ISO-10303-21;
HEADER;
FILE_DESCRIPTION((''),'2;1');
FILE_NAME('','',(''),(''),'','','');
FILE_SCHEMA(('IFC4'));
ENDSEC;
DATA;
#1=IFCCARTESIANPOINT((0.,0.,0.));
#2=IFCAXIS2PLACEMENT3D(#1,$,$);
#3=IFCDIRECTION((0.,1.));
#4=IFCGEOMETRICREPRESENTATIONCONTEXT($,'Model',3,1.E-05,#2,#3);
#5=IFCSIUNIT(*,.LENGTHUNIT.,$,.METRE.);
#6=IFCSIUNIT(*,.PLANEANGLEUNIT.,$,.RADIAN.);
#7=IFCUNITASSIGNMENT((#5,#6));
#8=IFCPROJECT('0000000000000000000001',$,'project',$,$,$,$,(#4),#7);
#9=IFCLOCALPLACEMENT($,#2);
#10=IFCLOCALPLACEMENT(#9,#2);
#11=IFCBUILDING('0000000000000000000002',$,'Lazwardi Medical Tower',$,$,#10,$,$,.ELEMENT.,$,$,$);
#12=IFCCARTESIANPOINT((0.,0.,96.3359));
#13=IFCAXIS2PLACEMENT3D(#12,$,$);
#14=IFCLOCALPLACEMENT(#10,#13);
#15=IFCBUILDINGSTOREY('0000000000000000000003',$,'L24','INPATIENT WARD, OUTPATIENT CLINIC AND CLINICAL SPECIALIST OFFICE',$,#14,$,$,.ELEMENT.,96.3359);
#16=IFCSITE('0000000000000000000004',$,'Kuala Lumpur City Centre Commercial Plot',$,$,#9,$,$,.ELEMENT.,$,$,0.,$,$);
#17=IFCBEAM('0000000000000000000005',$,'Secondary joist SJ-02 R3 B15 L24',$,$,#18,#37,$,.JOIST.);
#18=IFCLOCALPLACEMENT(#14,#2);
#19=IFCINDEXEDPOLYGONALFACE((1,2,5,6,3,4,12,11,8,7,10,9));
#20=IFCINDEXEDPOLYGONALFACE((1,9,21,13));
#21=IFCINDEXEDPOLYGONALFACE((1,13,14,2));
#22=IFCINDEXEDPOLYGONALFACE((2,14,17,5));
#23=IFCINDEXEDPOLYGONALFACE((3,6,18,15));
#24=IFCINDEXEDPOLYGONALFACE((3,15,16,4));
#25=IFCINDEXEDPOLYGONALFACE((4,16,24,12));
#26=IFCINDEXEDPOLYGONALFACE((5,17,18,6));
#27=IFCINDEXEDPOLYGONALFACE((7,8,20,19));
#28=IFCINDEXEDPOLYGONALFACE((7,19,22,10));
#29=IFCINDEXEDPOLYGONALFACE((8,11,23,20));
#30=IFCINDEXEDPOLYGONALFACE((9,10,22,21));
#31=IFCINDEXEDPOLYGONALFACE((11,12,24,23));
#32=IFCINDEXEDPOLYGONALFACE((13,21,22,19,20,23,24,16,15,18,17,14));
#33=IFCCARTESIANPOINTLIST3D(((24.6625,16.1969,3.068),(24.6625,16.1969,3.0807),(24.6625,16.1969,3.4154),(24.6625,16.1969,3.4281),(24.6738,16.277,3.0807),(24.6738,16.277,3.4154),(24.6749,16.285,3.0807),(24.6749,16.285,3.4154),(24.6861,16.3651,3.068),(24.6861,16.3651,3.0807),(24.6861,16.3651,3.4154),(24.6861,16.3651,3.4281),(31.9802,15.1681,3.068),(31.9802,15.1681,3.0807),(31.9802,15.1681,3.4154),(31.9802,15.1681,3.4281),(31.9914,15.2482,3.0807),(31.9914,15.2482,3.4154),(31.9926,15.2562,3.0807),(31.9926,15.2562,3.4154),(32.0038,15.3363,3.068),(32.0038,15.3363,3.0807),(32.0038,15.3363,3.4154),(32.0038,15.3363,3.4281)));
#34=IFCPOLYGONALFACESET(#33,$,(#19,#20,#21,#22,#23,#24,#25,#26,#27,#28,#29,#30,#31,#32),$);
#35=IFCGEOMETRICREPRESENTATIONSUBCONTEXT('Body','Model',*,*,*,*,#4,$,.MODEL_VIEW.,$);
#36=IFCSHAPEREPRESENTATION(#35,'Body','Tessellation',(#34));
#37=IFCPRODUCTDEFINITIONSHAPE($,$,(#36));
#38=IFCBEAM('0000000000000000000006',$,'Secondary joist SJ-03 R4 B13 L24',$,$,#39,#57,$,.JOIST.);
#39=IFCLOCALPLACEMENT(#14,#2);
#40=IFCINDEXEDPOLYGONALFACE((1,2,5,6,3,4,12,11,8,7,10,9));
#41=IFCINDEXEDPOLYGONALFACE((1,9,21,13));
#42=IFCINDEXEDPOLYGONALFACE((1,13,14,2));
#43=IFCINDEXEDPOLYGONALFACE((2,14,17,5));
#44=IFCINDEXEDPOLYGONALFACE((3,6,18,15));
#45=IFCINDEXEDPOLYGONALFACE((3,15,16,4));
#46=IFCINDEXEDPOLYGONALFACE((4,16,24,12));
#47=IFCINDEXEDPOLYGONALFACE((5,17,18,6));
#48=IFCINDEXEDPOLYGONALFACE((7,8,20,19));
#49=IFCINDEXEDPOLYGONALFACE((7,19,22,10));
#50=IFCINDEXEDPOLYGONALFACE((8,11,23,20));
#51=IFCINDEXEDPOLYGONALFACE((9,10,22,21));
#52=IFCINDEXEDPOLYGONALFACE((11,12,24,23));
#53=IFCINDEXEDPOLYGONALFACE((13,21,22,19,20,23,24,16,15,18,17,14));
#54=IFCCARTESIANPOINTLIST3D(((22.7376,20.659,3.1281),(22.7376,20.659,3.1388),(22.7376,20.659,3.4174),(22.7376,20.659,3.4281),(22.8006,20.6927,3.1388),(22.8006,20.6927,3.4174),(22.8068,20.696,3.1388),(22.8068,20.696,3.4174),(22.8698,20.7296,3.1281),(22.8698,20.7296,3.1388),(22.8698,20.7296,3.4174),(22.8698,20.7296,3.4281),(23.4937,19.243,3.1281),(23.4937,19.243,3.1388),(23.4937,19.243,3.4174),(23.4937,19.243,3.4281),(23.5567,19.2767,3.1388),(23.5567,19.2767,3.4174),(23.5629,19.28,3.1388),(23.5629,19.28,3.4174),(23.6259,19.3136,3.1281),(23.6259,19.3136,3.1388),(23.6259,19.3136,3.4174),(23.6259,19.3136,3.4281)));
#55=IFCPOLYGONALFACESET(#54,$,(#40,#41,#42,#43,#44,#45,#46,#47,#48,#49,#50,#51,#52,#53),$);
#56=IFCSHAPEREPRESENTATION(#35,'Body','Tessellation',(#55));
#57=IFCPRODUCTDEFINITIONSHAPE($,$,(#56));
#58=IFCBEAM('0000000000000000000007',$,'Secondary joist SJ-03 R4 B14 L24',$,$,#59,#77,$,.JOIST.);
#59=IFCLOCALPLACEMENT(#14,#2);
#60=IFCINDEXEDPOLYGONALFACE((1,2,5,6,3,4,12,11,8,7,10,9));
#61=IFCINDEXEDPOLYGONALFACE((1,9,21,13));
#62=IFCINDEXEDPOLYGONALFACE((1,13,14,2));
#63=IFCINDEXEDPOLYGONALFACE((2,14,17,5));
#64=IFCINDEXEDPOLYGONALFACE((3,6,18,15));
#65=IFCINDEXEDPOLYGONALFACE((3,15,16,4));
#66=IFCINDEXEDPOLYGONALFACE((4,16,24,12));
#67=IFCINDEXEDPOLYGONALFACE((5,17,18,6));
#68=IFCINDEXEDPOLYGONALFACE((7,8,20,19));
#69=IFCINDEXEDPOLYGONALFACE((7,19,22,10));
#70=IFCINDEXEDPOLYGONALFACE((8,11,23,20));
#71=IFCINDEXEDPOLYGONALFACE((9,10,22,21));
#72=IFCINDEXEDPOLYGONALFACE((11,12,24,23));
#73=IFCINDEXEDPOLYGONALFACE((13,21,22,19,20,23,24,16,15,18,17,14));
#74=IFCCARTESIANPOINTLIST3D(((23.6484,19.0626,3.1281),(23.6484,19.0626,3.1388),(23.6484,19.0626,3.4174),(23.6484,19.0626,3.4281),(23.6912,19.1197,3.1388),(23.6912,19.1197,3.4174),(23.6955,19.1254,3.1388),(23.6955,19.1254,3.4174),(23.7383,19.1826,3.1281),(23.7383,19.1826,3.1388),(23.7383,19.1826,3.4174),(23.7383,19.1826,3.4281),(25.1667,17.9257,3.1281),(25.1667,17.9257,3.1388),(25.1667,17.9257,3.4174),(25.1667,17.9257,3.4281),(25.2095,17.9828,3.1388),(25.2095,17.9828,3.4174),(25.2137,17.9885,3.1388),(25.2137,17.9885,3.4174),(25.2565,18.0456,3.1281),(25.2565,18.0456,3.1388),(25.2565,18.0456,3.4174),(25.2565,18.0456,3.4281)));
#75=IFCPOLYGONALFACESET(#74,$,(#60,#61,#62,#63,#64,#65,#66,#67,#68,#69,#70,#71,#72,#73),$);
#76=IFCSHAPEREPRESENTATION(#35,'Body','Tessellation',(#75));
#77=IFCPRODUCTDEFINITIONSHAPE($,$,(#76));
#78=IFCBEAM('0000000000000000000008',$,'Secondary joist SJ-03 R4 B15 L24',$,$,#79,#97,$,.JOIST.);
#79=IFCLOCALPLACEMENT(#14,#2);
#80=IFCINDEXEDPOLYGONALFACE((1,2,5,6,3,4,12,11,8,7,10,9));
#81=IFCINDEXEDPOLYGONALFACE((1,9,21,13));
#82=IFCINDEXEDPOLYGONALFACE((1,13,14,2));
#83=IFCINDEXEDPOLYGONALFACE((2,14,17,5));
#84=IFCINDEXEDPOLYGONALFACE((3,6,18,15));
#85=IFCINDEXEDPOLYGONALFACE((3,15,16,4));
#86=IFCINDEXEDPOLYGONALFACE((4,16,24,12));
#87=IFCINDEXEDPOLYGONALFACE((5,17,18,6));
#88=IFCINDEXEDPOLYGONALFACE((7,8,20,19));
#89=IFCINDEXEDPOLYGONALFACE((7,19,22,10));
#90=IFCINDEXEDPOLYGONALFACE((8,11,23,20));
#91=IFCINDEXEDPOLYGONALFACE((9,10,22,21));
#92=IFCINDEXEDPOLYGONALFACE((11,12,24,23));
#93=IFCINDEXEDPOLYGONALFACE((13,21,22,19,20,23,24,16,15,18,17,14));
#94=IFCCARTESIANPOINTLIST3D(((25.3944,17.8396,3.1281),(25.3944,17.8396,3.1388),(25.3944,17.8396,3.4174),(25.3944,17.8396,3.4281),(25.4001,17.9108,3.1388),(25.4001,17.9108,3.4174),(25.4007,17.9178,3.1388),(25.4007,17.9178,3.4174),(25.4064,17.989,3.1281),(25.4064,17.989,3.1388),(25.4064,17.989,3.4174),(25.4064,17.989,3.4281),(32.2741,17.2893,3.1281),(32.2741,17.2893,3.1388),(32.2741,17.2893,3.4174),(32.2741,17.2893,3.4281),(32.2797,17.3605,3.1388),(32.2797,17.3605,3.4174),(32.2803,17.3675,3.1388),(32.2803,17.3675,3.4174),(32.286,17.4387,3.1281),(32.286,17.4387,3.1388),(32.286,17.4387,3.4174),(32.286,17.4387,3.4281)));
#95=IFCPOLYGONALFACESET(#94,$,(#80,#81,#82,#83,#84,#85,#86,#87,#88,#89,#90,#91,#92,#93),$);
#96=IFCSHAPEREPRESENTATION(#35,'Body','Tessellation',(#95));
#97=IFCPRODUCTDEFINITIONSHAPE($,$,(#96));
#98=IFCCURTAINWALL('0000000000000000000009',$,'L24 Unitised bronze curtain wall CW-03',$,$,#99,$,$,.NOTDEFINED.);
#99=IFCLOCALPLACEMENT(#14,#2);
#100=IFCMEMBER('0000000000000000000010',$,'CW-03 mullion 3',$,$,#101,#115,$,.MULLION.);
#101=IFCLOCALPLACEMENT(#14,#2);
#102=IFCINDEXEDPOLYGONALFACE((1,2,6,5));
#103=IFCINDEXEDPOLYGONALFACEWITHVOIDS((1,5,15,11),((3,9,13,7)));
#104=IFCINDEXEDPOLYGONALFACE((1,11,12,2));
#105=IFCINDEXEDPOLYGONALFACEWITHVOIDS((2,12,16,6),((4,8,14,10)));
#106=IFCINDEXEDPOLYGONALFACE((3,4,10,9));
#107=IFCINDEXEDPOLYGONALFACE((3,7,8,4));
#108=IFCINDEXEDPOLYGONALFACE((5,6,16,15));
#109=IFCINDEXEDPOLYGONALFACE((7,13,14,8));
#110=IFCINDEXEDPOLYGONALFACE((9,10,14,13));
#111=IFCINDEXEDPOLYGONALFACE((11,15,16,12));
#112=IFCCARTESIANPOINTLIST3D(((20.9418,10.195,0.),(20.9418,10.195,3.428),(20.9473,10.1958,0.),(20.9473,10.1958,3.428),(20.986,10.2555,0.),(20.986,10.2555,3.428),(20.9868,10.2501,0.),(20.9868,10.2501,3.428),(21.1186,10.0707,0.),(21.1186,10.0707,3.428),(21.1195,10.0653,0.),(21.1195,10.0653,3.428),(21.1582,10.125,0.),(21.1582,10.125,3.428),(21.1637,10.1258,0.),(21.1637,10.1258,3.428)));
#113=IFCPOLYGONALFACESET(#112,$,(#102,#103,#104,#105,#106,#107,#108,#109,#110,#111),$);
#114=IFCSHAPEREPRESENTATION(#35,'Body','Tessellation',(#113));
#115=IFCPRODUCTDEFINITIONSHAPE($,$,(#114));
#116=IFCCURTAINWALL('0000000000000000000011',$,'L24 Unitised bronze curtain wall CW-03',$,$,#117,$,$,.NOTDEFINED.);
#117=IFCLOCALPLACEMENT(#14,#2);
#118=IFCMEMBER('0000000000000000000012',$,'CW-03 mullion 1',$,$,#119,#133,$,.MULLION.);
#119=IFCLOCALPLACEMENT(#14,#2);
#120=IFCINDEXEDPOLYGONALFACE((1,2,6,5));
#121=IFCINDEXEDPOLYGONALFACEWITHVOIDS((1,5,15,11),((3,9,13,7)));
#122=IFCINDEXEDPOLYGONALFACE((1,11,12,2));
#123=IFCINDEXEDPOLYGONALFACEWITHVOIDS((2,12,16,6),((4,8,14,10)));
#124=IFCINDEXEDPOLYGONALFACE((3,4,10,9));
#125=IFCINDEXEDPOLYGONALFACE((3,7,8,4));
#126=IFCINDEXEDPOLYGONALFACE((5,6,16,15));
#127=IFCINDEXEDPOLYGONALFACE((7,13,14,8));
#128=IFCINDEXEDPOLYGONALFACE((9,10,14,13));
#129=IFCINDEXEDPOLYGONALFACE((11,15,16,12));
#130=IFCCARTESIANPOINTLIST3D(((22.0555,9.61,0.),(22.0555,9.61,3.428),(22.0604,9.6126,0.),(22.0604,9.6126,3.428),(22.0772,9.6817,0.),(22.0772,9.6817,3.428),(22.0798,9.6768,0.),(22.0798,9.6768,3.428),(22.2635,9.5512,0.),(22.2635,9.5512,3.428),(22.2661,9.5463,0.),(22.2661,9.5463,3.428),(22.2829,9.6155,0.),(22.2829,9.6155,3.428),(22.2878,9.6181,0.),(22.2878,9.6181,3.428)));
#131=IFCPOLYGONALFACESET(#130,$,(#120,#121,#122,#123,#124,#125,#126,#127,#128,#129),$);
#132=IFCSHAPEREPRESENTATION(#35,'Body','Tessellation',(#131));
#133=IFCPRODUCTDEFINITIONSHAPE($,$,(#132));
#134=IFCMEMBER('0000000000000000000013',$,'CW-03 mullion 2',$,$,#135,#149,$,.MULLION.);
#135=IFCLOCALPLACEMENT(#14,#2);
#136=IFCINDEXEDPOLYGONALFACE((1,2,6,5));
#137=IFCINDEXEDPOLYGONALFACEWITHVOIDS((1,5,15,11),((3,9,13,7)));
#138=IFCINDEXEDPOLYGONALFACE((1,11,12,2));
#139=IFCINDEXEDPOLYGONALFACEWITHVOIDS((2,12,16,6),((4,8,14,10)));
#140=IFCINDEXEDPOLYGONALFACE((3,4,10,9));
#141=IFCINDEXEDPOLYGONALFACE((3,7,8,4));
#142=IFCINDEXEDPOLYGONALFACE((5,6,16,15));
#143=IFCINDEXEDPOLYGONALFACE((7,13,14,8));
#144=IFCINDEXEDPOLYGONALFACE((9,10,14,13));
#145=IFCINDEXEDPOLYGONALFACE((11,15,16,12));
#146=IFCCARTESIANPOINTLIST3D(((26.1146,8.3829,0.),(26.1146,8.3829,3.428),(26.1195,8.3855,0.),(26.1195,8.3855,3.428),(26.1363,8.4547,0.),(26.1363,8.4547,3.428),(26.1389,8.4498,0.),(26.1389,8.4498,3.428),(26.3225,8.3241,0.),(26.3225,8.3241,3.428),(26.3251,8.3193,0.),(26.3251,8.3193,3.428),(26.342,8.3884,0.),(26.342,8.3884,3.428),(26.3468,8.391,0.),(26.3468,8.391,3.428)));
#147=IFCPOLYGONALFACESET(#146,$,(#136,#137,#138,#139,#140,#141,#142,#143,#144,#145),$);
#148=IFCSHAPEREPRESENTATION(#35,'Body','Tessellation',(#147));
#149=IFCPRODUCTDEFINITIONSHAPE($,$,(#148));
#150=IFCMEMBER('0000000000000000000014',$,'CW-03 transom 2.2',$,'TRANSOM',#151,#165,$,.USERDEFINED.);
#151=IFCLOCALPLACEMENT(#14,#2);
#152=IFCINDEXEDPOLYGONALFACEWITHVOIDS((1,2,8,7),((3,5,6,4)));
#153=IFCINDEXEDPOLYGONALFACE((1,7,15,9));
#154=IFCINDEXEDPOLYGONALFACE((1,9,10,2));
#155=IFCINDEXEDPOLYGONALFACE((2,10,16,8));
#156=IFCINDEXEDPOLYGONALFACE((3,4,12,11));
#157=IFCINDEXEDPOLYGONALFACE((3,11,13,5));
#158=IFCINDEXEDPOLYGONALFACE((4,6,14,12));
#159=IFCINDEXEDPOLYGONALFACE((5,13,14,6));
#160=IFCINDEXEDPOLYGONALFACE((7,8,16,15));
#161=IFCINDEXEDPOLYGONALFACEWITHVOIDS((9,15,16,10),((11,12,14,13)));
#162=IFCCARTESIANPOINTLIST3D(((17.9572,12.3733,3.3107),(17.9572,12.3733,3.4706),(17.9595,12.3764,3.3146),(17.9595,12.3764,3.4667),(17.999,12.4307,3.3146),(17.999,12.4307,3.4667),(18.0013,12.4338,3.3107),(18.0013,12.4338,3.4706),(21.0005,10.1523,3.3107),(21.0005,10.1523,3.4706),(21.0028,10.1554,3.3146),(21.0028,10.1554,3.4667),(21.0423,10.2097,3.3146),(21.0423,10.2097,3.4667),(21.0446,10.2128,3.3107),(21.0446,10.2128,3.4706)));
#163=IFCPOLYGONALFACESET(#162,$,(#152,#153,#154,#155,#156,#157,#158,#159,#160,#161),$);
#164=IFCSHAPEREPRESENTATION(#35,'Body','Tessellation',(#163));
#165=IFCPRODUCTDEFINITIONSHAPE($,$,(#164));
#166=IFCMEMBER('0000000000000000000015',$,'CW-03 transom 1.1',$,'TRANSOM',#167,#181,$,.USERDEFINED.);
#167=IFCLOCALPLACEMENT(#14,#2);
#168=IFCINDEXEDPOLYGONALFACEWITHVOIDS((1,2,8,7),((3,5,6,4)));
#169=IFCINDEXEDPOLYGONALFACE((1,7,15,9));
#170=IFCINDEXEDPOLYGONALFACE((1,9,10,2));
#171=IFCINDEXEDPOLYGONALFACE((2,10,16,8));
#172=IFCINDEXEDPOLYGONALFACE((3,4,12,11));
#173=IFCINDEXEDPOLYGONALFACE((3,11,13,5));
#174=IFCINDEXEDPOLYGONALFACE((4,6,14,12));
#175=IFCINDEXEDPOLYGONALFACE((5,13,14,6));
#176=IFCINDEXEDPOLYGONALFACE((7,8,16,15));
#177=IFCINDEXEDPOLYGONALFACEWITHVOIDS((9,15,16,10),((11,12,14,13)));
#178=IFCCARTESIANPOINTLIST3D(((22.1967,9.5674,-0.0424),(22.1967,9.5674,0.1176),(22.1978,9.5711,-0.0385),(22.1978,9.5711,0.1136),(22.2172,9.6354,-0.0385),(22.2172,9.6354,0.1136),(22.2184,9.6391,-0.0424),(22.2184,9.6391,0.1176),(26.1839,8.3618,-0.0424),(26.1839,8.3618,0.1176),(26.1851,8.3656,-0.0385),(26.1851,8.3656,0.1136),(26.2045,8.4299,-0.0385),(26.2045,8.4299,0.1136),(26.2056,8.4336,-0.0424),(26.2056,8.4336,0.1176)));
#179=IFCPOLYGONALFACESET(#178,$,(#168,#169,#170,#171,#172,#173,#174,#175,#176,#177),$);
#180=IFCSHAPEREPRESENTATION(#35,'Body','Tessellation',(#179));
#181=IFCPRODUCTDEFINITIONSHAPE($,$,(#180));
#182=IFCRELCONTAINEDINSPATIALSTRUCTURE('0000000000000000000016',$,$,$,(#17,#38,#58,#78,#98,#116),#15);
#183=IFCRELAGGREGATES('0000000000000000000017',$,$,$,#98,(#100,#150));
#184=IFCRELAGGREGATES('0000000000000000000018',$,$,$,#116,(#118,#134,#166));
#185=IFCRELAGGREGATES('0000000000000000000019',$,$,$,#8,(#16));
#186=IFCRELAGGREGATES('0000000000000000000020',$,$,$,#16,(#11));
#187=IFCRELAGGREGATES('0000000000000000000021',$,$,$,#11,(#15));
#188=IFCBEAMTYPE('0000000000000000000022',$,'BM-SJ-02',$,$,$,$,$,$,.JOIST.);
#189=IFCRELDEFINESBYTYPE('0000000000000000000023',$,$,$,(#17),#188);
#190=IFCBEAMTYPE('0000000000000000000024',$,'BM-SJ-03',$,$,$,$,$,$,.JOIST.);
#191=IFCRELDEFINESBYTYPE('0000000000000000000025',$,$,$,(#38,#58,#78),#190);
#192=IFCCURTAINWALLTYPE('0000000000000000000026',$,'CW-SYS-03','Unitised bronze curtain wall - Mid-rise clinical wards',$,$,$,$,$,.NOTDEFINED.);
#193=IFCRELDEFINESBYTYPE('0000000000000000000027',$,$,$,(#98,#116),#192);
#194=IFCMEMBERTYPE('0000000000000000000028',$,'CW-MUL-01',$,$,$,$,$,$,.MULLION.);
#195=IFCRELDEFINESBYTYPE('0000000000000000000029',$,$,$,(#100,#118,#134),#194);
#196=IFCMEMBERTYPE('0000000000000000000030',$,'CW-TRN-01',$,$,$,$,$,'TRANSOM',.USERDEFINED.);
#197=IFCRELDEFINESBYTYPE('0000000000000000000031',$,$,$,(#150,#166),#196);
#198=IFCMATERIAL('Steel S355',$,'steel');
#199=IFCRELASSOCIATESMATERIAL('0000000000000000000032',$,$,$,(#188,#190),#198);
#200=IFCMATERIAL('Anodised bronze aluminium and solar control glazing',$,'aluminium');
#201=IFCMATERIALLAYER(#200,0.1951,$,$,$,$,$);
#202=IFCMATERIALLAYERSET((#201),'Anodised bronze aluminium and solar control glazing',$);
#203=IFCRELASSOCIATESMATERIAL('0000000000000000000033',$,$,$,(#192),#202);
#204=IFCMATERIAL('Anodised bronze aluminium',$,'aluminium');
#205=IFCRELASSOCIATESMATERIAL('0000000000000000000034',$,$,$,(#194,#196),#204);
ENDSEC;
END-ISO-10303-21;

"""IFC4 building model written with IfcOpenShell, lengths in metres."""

from ifc_helpers import new_model, si_unit, direction, frame, origin, origin_2d, place, context, subcontext, project, spatial, hollow_rectangle, i_section, extrude, material, layer, layer_set, material_profile, profile_set, type_object, element, aggregate, save


model = new_model("IFC4")

# Units and contexts
model_context = context("Model", 3, precision=1e-05, world=origin(), true_north=direction((0.0, 1.0)))
body_context = subcontext(model_context, "Body", "Model", "MODEL_VIEW")
ifc_project = project(units=[si_unit("LENGTHUNIT", "METRE"), si_unit("PLANEANGLEUNIT", "RADIAN")], contexts=[model_context])

# Site, building, storey
site_placement = place(None, origin())
site = spatial("IfcSite", under=ifc_project, at=site_placement, Name="Kuala Lumpur City Centre Commercial Plot", CompositionType="ELEMENT", RefElevation=0.0)
building_placement = place(site_placement, origin())
building = spatial("IfcBuilding", under=site, at=building_placement, Name="Lazwardi Medical Tower", CompositionType="ELEMENT")
storey_placement = place(building_placement, frame((0.0, 0.0, 96.3359)))
storey = spatial("IfcBuildingStorey", under=building, at=storey_placement, Name="L24", Description="INPATIENT WARD, OUTPATIENT CLINIC AND CLINICAL SPECIALIST OFFICE", CompositionType="ELEMENT", Elevation=96.3359)

# Beams
ifc_material_1 = material(Name="Steel S355", Category="steel")
ifc_material_profile_1 = material_profile(ifc_material_1, i_section(OverallWidth=0.1699, OverallDepth=0.3601, WebThickness=0.0081, FlangeThickness=0.0127, at=origin_2d()), Name="IPE 360")
ifc_profile_set_1 = profile_set([ifc_material_profile_1], Name="Steel S355")
beam_type_1 = type_object("IfcBeamType", Name="BM-SJ-02", PredefinedType="JOIST", material=ifc_profile_set_1)
beam_1_placement = place(storey_placement, frame((24.6743, 16.281, 3.248), z_axis=(0.990261, -0.139224, 0.0), x_axis=(0.139224, 0.990261, 0.0)))
element("IfcBeam", 1, at=beam_1_placement, inside=storey, type_object=beam_type_1, Name="Secondary joist SJ-02 R3 B15 L24", PredefinedType="JOIST", context=body_context, shape_type="SweptSolid", body=[
    extrude(i_section(OverallWidth=0.1699, OverallDepth=0.3601, WebThickness=0.0081, FlangeThickness=0.0127, at=origin_2d()), origin(), (0.0, 0.0, 1.0), 7.3896),
])
ifc_material_profile_2 = material_profile(ifc_material_1, i_section(OverallWidth=0.1499, OverallDepth=0.3, WebThickness=0.0071, FlangeThickness=0.0107, at=origin_2d()), Name="IPE 300")
ifc_profile_set_2 = profile_set([ifc_material_profile_2], Name="Steel S355")
beam_type_2 = type_object("IfcBeamType", Name="BM-SJ-03", PredefinedType="JOIST", material=ifc_profile_set_2)
beam_2_placement = place(storey_placement, frame((22.8037, 20.6943, 3.2781), z_axis=(0.471022, -0.882121, 0.0), x_axis=(0.882121, 0.471022, 0.0)))
element("IfcBeam", 2, at=beam_2_placement, inside=storey, type_object=beam_type_2, Name="Secondary joist SJ-03 R4 B13 L24", PredefinedType="JOIST", context=body_context, shape_type="SweptSolid", body=[
    extrude(i_section(OverallWidth=0.1499, OverallDepth=0.3, WebThickness=0.0071, FlangeThickness=0.0107, at=origin_2d()), origin(), (0.0, 0.0, 1.0), 1.6052),
])
beam_3_placement = place(storey_placement, frame((23.6934, 19.1226, 3.2781), z_axis=(0.800448, -0.599403, 0.0), x_axis=(0.599403, 0.800448, 0.0)))
element("IfcBeam", 3, at=beam_3_placement, inside=storey, type_object=beam_type_2, Name="Secondary joist SJ-03 R4 B14 L24", PredefinedType="JOIST", context=body_context, shape_type="SweptSolid", body=[
    extrude(i_section(OverallWidth=0.1499, OverallDepth=0.3, WebThickness=0.0071, FlangeThickness=0.0107, at=origin_2d()), origin(), (0.0, 0.0, 1.0), 1.8967),
])
beam_4_placement = place(storey_placement, frame((25.4004, 17.9143, 3.2781), z_axis=(0.996816, -0.079734, 0.0), x_axis=(0.079734, 0.996816, 0.0)))
element("IfcBeam", 4, at=beam_4_placement, inside=storey, type_object=beam_type_2, Name="Secondary joist SJ-03 R4 B15 L24", PredefinedType="JOIST", context=body_context, shape_type="SweptSolid", body=[
    extrude(i_section(OverallWidth=0.1499, OverallDepth=0.3, WebThickness=0.0071, FlangeThickness=0.0107, at=origin_2d()), origin(), (0.0, 0.0, 1.0), 6.9016),
])

# Curtain wall, member
ifc_material_2 = material(Name="Anodised bronze aluminium and solar control glazing", Category="aluminium")
ifc_layer_1 = layer(ifc_material_2, 0.1951)
ifc_layer_set_1 = layer_set([ifc_layer_1], Name="Anodised bronze aluminium and solar control glazing")
curtain_wall_type = type_object("IfcCurtainWallType", Name="CW-SYS-03", Description="Unitised bronze curtain wall - Mid-rise clinical wards", PredefinedType="NOTDEFINED", material=ifc_layer_set_1)
curtain_wall_1_placement = place(storey_placement, origin())
curtain_wall_1 = element("IfcCurtainWall", 5, at=curtain_wall_1_placement, inside=storey, type_object=curtain_wall_type, Name="L24 Unitised bronze curtain wall CW-03", PredefinedType="NOTDEFINED")
ifc_material_3 = material(Name="Anodised bronze aluminium", Category="aluminium")
ifc_material_profile_3 = material_profile(ifc_material_3, hollow_rectangle(XDim=0.075, YDim=0.22, WallThickness=0.0039, at=origin_2d()), Name="ALU-MULLION 220x75x4")
ifc_profile_set_3 = profile_set([ifc_material_profile_3], Name="Anodised bronze aluminium")
member_type_1 = type_object("IfcMemberType", Name="CW-MUL-01", PredefinedType="MULLION", material=ifc_profile_set_3)
member_1_placement = place(storey_placement, frame((21.0527, 10.1604, 0.0), z_axis=(0.0, 0.0, 1.0), x_axis=(0.589531, 0.807746, 0.0)))
member_1 = element("IfcMember", 6, at=member_1_placement, type_object=member_type_1, Name="CW-03 mullion 3", PredefinedType="MULLION", context=body_context, shape_type="SweptSolid", body=[
    extrude(hollow_rectangle(XDim=0.075, YDim=0.22, WallThickness=0.0039, at=origin_2d()), origin(), (0.0, 0.0, 1.0), 3.428),
])

# Curtain wall, members
curtain_wall_2_placement = place(storey_placement, origin())
curtain_wall_2 = element("IfcCurtainWall", 7, at=curtain_wall_2_placement, inside=storey, type_object=curtain_wall_type, Name="L24 Unitised bronze curtain wall CW-03", PredefinedType="NOTDEFINED")
member_2_placement = place(storey_placement, frame((22.1716, 9.614, 0.0), z_axis=(0.0, 0.0, 1.0), x_axis=(0.289374, 0.957216, 0.0)))
member_2 = element("IfcMember", 8, at=member_2_placement, type_object=member_type_1, Name="CW-03 mullion 1", PredefinedType="MULLION", context=body_context, shape_type="SweptSolid", body=[
    extrude(hollow_rectangle(XDim=0.075, YDim=0.22, WallThickness=0.0039, at=origin_2d()), origin(), (0.0, 0.0, 1.0), 3.428),
])
member_3_placement = place(storey_placement, frame((26.2307, 8.387, 0.0), z_axis=(0.0, 0.0, 1.0), x_axis=(0.289374, 0.957216, 0.0)))
member_3 = element("IfcMember", 9, at=member_3_placement, type_object=member_type_1, Name="CW-03 mullion 2", PredefinedType="MULLION", context=body_context, shape_type="SweptSolid", body=[
    extrude(hollow_rectangle(XDim=0.075, YDim=0.22, WallThickness=0.0039, at=origin_2d()), origin(), (0.0, 0.0, 1.0), 3.428),
])

# Members
ifc_material_profile_4 = material_profile(ifc_material_3, hollow_rectangle(XDim=0.075, YDim=0.1599, WallThickness=0.0039, at=origin_2d()), Name="ALU-TRANSOM 160x75x4")
ifc_profile_set_4 = profile_set([ifc_material_profile_4], Name="Anodised bronze aluminium")
member_type_2 = type_object("IfcMemberType", Name="CW-TRN-01", ElementType="TRANSOM", PredefinedType="USERDEFINED", material=ifc_profile_set_4)
member_4_placement = place(storey_placement, frame((17.9792, 12.4036, 3.3906), z_axis=(0.807763, -0.589508, 0.0), x_axis=(0.589508, 0.807763, 0.0)))
member_4 = element("IfcMember", 10, at=member_4_placement, type_object=member_type_2, Name="CW-03 transom 2.2", ObjectType="TRANSOM", PredefinedType="USERDEFINED", context=body_context, shape_type="SweptSolid", body=[
    extrude(hollow_rectangle(XDim=0.075, YDim=0.1599, WallThickness=0.0039, at=origin_2d()), origin(), (0.0, 0.0, 1.0), 3.7676),
])
member_5_placement = place(storey_placement, frame((22.2075, 9.6033, 0.0376), z_axis=(0.957205, -0.289412, 0.0), x_axis=(0.289412, 0.957205, 0.0)))
member_5 = element("IfcMember", 11, at=member_5_placement, type_object=member_type_2, Name="CW-03 transom 1.1", ObjectType="TRANSOM", PredefinedType="USERDEFINED", context=body_context, shape_type="SweptSolid", body=[
    extrude(hollow_rectangle(XDim=0.075, YDim=0.1599, WallThickness=0.0039, at=origin_2d()), origin(), (0.0, 0.0, 1.0), 4.1655),
])

aggregate(curtain_wall_1, [member_1, member_4])
aggregate(curtain_wall_2, [member_2, member_3, member_5])

save(model, "model.ifc")
